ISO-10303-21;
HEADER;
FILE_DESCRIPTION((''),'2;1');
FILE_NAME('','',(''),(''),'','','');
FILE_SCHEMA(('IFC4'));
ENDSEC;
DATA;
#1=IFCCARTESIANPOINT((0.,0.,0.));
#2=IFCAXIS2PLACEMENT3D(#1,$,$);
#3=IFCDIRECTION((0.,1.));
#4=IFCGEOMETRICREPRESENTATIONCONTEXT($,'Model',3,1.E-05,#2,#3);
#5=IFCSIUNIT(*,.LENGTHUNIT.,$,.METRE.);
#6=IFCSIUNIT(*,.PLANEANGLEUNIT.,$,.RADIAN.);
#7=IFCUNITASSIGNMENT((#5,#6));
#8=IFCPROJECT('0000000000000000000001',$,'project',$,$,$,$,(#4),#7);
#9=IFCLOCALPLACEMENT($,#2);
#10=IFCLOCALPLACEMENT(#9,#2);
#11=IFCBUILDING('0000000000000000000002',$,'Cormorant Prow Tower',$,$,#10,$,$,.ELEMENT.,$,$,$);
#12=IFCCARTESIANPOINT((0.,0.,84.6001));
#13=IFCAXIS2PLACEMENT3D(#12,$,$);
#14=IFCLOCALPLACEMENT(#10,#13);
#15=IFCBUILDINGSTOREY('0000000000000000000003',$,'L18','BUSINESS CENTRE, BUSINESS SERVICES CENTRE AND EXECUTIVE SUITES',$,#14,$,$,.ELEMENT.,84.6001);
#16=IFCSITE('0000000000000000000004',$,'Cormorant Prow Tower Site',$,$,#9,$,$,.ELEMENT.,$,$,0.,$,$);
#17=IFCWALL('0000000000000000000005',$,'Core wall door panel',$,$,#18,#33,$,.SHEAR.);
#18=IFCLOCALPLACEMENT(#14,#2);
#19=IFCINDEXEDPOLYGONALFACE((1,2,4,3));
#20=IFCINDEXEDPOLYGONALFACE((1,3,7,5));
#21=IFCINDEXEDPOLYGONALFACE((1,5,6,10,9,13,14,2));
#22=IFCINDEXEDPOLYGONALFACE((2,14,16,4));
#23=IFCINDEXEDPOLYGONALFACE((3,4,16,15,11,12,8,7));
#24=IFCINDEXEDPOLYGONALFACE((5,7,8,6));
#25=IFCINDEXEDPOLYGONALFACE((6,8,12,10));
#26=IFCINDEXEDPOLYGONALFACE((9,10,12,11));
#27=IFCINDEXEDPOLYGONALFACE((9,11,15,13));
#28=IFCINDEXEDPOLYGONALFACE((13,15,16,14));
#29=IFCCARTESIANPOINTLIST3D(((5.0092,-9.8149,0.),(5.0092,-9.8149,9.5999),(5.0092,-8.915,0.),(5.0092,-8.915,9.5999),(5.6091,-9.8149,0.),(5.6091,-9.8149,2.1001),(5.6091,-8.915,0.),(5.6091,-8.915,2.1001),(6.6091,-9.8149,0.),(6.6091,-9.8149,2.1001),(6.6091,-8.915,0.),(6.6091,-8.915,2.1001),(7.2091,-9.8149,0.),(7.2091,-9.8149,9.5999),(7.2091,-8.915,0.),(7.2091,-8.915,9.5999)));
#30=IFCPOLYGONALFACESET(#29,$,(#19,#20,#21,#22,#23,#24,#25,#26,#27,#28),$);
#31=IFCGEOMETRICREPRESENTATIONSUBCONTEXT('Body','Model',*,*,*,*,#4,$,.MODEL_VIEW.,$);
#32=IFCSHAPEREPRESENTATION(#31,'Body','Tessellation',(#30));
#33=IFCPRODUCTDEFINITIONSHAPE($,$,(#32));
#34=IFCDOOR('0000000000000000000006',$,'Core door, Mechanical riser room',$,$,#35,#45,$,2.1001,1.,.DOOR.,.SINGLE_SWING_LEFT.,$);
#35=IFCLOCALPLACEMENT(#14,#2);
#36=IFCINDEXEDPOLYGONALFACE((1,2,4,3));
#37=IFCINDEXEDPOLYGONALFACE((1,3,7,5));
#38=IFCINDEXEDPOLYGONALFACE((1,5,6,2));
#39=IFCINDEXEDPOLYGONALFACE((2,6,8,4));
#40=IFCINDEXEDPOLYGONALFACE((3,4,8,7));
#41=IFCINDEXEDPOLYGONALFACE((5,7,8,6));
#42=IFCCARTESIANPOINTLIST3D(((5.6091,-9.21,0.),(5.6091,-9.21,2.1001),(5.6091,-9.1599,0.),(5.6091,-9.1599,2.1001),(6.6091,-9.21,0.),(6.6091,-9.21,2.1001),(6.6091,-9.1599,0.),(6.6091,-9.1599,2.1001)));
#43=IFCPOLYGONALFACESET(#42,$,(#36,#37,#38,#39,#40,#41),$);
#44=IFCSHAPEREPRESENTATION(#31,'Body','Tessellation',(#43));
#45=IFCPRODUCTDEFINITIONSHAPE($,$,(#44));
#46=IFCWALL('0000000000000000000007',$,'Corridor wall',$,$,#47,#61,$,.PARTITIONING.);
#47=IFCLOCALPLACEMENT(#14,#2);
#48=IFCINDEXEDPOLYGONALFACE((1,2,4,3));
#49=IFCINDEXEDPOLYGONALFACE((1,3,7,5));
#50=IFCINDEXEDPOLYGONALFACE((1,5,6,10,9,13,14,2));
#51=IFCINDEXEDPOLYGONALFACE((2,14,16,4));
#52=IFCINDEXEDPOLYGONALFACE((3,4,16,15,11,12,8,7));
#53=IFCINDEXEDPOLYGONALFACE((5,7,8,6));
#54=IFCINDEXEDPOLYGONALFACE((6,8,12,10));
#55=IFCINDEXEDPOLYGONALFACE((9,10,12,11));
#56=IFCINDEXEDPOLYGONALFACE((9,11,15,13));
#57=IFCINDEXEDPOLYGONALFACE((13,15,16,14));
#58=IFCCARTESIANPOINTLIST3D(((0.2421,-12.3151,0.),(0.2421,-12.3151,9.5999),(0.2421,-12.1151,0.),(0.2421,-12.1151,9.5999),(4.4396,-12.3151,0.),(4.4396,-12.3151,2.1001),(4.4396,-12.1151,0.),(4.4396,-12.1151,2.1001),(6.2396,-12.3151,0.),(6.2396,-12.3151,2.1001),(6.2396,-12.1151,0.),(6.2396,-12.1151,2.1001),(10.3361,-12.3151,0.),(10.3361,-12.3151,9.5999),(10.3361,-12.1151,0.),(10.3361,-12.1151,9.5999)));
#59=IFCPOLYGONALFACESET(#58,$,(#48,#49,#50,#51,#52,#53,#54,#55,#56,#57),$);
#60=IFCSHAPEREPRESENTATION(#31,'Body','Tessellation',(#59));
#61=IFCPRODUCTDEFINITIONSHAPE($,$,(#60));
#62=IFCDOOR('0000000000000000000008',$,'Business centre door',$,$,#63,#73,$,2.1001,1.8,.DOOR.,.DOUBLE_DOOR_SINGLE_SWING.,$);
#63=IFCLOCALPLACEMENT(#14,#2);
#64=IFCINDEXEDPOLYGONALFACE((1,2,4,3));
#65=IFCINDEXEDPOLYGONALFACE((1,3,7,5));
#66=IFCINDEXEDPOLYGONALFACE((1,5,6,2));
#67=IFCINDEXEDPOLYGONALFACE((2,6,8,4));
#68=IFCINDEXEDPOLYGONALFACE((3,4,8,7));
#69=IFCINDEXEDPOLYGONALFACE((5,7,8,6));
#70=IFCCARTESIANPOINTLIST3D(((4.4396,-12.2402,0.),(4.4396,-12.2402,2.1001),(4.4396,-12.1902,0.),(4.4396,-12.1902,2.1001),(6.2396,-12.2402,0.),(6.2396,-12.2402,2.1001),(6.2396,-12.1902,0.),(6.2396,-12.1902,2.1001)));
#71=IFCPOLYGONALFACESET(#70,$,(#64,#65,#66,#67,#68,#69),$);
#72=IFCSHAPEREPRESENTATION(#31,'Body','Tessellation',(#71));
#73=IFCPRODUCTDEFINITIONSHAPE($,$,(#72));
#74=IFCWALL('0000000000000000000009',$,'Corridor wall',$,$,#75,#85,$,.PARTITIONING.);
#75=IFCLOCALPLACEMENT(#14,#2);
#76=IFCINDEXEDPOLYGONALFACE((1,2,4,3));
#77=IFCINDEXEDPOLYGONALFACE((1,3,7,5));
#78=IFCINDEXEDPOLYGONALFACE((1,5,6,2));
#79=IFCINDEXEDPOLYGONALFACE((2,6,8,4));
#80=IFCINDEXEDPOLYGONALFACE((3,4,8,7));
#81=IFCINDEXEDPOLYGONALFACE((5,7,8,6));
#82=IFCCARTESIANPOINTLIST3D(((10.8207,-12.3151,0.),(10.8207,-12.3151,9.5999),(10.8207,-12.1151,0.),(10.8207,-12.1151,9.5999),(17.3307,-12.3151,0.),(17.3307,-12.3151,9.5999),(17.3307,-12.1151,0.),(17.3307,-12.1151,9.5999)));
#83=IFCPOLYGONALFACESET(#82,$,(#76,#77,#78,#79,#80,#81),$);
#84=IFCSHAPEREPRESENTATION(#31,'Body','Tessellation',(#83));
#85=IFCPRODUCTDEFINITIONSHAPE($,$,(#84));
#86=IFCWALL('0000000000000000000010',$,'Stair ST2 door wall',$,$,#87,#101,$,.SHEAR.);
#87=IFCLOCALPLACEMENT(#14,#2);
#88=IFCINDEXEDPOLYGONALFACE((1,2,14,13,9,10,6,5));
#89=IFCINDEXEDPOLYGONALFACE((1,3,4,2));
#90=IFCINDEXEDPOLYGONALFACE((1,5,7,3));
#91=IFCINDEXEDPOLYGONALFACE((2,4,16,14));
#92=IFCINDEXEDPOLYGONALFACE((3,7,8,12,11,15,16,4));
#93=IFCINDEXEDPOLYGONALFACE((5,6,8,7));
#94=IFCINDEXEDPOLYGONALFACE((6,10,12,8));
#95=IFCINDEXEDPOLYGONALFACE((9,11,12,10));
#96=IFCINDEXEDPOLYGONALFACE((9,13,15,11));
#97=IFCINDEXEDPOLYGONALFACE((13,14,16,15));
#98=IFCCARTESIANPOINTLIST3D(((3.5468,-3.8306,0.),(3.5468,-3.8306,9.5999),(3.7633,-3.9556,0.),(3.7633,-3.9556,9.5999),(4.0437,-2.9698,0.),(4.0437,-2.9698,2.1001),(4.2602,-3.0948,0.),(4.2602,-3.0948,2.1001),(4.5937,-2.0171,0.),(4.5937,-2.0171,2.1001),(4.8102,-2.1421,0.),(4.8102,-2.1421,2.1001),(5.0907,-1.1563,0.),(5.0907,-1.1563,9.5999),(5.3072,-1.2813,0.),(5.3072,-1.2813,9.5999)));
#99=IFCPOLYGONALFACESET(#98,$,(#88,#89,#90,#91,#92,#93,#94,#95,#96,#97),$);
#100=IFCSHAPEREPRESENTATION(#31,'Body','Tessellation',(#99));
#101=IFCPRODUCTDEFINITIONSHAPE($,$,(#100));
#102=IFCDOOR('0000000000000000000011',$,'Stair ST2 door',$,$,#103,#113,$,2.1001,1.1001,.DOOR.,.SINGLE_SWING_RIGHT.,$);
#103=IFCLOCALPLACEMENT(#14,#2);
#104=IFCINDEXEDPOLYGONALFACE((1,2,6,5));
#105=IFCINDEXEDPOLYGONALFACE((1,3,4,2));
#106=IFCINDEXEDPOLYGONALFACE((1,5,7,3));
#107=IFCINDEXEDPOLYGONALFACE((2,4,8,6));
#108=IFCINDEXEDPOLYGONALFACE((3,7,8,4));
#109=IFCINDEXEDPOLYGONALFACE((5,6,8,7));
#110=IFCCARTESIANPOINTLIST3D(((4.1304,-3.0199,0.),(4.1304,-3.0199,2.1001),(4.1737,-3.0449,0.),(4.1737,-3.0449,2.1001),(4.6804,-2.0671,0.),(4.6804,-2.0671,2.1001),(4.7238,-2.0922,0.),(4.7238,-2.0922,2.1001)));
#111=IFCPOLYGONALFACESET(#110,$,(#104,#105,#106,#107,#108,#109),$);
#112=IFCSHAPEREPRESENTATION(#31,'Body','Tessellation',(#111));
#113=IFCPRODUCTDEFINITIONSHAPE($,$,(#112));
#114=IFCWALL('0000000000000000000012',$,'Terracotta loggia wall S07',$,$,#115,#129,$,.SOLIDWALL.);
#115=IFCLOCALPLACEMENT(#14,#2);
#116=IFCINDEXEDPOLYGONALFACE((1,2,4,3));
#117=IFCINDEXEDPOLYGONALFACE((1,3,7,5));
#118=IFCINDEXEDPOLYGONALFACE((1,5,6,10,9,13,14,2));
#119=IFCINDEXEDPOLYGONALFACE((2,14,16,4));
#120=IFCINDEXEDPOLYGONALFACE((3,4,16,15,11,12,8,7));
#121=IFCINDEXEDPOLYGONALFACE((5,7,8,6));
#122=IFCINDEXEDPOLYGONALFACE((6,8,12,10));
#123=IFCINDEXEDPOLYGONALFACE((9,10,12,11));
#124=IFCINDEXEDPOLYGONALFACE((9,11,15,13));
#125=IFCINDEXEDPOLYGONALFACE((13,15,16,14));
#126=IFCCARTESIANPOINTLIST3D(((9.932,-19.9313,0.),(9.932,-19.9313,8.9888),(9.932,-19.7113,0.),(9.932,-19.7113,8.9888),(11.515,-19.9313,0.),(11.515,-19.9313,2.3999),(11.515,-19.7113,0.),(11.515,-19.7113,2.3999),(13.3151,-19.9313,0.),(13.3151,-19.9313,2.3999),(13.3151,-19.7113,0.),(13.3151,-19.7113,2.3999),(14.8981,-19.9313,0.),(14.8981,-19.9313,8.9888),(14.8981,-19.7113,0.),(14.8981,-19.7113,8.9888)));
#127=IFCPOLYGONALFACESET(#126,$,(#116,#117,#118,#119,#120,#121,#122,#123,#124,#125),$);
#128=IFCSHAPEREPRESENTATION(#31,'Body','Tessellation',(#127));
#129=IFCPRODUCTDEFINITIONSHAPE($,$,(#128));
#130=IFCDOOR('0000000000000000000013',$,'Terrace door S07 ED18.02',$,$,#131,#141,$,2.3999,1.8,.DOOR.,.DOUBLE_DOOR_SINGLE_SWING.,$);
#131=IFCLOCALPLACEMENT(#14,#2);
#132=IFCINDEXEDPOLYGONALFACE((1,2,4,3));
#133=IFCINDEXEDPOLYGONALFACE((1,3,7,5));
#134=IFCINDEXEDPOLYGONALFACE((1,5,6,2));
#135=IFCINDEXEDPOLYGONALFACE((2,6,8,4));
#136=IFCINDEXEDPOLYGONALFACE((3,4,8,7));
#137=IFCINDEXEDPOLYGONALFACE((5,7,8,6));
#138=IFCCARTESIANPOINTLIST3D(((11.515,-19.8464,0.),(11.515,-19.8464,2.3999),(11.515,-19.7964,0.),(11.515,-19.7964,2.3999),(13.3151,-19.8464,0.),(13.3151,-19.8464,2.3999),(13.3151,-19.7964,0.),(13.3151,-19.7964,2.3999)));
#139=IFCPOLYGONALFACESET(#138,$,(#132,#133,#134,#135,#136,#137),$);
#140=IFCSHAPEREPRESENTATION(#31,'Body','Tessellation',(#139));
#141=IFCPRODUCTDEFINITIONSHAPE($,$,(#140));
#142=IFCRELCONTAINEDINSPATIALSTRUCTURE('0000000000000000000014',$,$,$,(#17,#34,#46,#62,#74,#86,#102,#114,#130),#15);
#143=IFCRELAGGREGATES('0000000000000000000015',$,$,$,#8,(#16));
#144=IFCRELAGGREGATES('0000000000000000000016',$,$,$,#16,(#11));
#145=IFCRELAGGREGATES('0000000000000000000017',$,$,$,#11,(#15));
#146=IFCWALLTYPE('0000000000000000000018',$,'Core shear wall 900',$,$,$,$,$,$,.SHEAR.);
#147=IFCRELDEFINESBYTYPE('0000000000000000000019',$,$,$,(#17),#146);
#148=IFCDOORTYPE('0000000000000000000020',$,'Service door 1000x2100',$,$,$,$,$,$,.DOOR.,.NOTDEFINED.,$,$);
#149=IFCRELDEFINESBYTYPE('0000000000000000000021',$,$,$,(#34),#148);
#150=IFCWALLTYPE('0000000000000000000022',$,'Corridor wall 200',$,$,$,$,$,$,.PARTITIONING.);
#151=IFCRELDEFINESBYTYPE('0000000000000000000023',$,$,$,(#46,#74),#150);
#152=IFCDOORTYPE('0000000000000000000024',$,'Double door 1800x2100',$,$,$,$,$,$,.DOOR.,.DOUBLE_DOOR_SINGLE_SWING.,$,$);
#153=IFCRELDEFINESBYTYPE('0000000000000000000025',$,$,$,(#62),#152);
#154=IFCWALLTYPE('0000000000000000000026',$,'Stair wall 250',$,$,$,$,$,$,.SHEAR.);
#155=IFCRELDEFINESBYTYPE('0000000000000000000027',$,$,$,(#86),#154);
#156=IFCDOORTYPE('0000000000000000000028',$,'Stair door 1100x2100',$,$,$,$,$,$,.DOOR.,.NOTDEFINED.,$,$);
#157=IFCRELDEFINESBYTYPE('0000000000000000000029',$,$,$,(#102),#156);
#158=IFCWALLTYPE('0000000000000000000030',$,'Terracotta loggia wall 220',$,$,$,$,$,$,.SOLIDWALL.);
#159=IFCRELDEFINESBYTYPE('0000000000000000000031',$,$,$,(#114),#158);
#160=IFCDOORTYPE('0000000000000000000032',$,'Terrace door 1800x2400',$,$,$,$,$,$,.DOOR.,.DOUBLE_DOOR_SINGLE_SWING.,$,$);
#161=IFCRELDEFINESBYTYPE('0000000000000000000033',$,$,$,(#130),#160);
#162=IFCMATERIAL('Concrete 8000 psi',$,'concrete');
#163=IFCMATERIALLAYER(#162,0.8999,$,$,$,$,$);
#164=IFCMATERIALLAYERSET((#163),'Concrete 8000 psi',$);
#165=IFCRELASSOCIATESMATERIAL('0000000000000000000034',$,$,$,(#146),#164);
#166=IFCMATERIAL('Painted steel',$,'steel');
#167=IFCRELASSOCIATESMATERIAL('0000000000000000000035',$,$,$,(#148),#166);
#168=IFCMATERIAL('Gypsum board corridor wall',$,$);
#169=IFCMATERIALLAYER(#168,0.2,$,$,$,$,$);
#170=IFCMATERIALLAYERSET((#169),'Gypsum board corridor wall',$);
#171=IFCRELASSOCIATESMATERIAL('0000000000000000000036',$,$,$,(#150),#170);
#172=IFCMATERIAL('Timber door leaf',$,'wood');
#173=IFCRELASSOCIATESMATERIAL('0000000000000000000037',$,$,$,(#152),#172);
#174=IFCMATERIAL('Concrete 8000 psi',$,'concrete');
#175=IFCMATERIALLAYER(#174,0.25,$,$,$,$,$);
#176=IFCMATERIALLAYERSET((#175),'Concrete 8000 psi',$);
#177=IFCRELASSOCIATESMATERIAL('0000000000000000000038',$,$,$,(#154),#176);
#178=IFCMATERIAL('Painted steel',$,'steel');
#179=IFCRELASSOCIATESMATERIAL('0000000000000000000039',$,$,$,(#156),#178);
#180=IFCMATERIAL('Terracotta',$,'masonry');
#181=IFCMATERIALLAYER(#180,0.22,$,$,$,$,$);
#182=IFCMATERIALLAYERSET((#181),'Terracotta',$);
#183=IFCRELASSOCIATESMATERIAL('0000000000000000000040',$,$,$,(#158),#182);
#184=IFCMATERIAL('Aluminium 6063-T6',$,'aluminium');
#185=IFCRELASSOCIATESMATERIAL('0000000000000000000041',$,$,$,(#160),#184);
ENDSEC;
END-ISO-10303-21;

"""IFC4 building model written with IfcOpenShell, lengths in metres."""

from ifc_helpers import new_model, si_unit, direction, frame, frame_2d, origin, place, context, subcontext, project, spatial, rectangle, extrude, material, layer, layer_set, type_object, element, fill, save


model = new_model("IFC4")

# Units and contexts
model_context = context("Model", 3, precision=1e-05, world=origin(), true_north=direction((0.0, 1.0)))
body_context = subcontext(model_context, "Body", "Model", "MODEL_VIEW")
ifc_project = project(units=[si_unit("LENGTHUNIT", "METRE"), si_unit("PLANEANGLEUNIT", "RADIAN")], contexts=[model_context])

# Site, building, storey
site_placement = place(None, origin())
site = spatial("IfcSite", under=ifc_project, at=site_placement, Name="Cormorant Prow Tower Site", CompositionType="ELEMENT", RefElevation=0.0)
building_placement = place(site_placement, origin())
building = spatial("IfcBuilding", under=site, at=building_placement, Name="Cormorant Prow Tower", CompositionType="ELEMENT")
storey_placement = place(building_placement, frame((0.0, 0.0, 84.6001)))
storey = spatial("IfcBuildingStorey", under=building, at=storey_placement, Name="L18", Description="BUSINESS CENTRE, BUSINESS SERVICES CENTRE AND EXECUTIVE SUITES", CompositionType="ELEMENT", Elevation=84.6001)

# Shared definitions
ifc_material_1 = material(Name="Concrete 8000 psi", Category="concrete")
ifc_layer_1 = layer(ifc_material_1, 0.8999)
ifc_layer_set_1 = layer_set([ifc_layer_1], Name="Concrete 8000 psi")
wall_type_1 = type_object("IfcWallType", Name="Core shear wall 900", PredefinedType="SHEAR", material=ifc_layer_set_1)

# Walls, openings, doors
ifc_material_2 = material(Name="Painted steel", Category="steel")
door_type_1 = type_object("IfcDoorType", Name="Service door 1000x2100", OperationType="NOTDEFINED", PredefinedType="DOOR", material=ifc_material_2)
wall_1_placement = place(storey_placement, frame((5.009, -9.365, 0.0), z_axis=(0.0, 0.0, 1.0), x_axis=(1.0, 0.0, 0.0)))
wall_1 = element("IfcWall", 1, at=wall_1_placement, inside=storey, type_object=wall_type_1, Name="Core wall door panel", PredefinedType="SHEAR", context=body_context, shape_type="SweptSolid", body=[
    extrude(rectangle(XDim=2.2, YDim=0.8999, at=frame_2d((1.1001, 0.0))), origin(), (0.0, 0.0, 1.0), 9.5999),
])
opening_1_placement = place(wall_1_placement, frame((0.6001, 0.0, 0.0)))
opening_1 = element("IfcOpeningElement", 2, at=opening_1_placement, cuts=wall_1, PredefinedType="OPENING", context=body_context, shape_type="SweptSolid", body=[
    extrude(rectangle(XDim=1.0, YDim=2.1001, at=frame_2d((0.5, 1.05))), frame((0.0, 0.46, 0.0), z_axis=(0.0, -1.0, 0.0), x_axis=(1.0, 0.0, 0.0)), (0.0, 0.0, 1.0), 0.9199),
])
door_1_placement = place(opening_1_placement, origin())
door_1 = element("IfcDoor", 3, at=door_1_placement, inside=storey, type_object=door_type_1, Name="Core door, Mechanical riser room", OperationType="SINGLE_SWING_LEFT", OverallHeight=2.1001, OverallWidth=1.0, PredefinedType="DOOR", context=body_context, shape_type="SweptSolid", body=[
    extrude(rectangle(XDim=1.0, YDim=2.1001, at=frame_2d((0.5, 1.05))), frame((0.0, 0.2051, 0.0), z_axis=(0.0, -1.0, 0.0), x_axis=(1.0, 0.0, 0.0)), (0.0, 0.0, 1.0), 0.05),
])
fill(opening_1, door_1)
ifc_material_3 = material(Name="Gypsum board corridor wall")
ifc_layer_2 = layer(ifc_material_3, 0.2)
ifc_layer_set_2 = layer_set([ifc_layer_2], Name="Gypsum board corridor wall")
wall_type_2 = type_object("IfcWallType", Name="Corridor wall 200", PredefinedType="PARTITIONING", material=ifc_layer_set_2)
wall_2_placement = place(storey_placement, frame((0.2422, -12.2151, 0.0), z_axis=(0.0, 0.0, 1.0), x_axis=(1.0, 0.0, 0.0)))
wall_2 = element("IfcWall", 4, at=wall_2_placement, inside=storey, type_object=wall_type_2, Name="Corridor wall", PredefinedType="PARTITIONING", context=body_context, shape_type="SweptSolid", body=[
    extrude(rectangle(XDim=10.094, YDim=0.2, at=frame_2d((5.0469, 0.0))), origin(), (0.0, 0.0, 1.0), 9.5999),
])
opening_2_placement = place(wall_2_placement, frame((4.1975, 0.0, 0.0)))
opening_2 = element("IfcOpeningElement", 5, at=opening_2_placement, cuts=wall_2, PredefinedType="OPENING", context=body_context, shape_type="SweptSolid", body=[
    extrude(rectangle(XDim=1.8, YDim=2.1001, at=frame_2d((0.8999, 1.05))), frame((0.0, 0.1099, 0.0), z_axis=(0.0, -1.0, 0.0), x_axis=(1.0, 0.0, 0.0)), (0.0, 0.0, 1.0), 0.22),
])
ifc_material_4 = material(Name="Timber door leaf", Category="wood")
door_type_2 = type_object("IfcDoorType", Name="Double door 1800x2100", OperationType="DOUBLE_DOOR_SINGLE_SWING", PredefinedType="DOOR", material=ifc_material_4)
door_2_placement = place(opening_2_placement, origin())
door_2 = element("IfcDoor", 6, at=door_2_placement, inside=storey, type_object=door_type_2, Name="Business centre door", OperationType="DOUBLE_DOOR_SINGLE_SWING", OverallHeight=2.1001, OverallWidth=1.8, PredefinedType="DOOR", context=body_context, shape_type="SweptSolid", body=[
    extrude(rectangle(XDim=1.8, YDim=2.1001, at=frame_2d((0.8999, 1.05))), frame((0.0, 0.0249, 0.0), z_axis=(0.0, -1.0, 0.0), x_axis=(1.0, 0.0, 0.0)), (0.0, 0.0, 1.0), 0.05),
])
fill(opening_2, door_2)

# Wall
wall_3_placement = place(storey_placement, frame((10.8208, -12.2151, 0.0), z_axis=(0.0, 0.0, 1.0), x_axis=(1.0, 0.0, 0.0)))
element("IfcWall", 7, at=wall_3_placement, inside=storey, type_object=wall_type_2, Name="Corridor wall", PredefinedType="PARTITIONING", context=body_context, shape_type="SweptSolid", body=[
    extrude(rectangle(XDim=6.51, YDim=0.2, at=frame_2d((3.2549, 0.0))), origin(), (0.0, 0.0, 1.0), 9.5999),
])

# Walls, openings, doors
ifc_material_5 = material(Name="Concrete 8000 psi", Category="concrete")
ifc_layer_3 = layer(ifc_material_5, 0.25)
ifc_layer_set_3 = layer_set([ifc_layer_3], Name="Concrete 8000 psi")
wall_type_3 = type_object("IfcWallType", Name="Stair wall 250", PredefinedType="SHEAR", material=ifc_layer_set_3)
wall_4_placement = place(storey_placement, frame((3.655, -3.8931, 0.0), z_axis=(0.0, 0.0, 1.0), x_axis=(0.499983, 0.866035, 0.0)))
wall_4 = element("IfcWall", 8, at=wall_4_placement, inside=storey, type_object=wall_type_3, Name="Stair ST2 door wall", PredefinedType="SHEAR", context=body_context, shape_type="SweptSolid", body=[
    extrude(rectangle(XDim=3.0879, YDim=0.25, at=frame_2d((1.5439, 0.0))), origin(), (0.0, 0.0, 1.0), 9.5999),
])
opening_3_placement = place(wall_4_placement, frame((0.9939, 0.0, 0.0)))
opening_3 = element("IfcOpeningElement", 9, at=opening_3_placement, cuts=wall_4, PredefinedType="OPENING", context=body_context, shape_type="SweptSolid", body=[
    extrude(rectangle(XDim=1.1001, YDim=2.1001, at=frame_2d((0.55, 1.05))), frame((0.0, 0.135, 0.0), z_axis=(0.0, -1.0, 0.0), x_axis=(1.0, 0.0, 0.0)), (0.0, 0.0, 1.0), 0.27),
])
ifc_material_6 = material(Name="Painted steel", Category="steel")
door_type_3 = type_object("IfcDoorType", Name="Stair door 1100x2100", OperationType="NOTDEFINED", PredefinedType="DOOR", material=ifc_material_6)
door_3_placement = place(opening_3_placement, origin())
door_3 = element("IfcDoor", 10, at=door_3_placement, inside=storey, type_object=door_type_3, Name="Stair ST2 door", OperationType="SINGLE_SWING_RIGHT", OverallHeight=2.1001, OverallWidth=1.1001, PredefinedType="DOOR", context=body_context, shape_type="SweptSolid", body=[
    extrude(rectangle(XDim=1.1001, YDim=2.1001, at=frame_2d((0.55, 1.05))), frame((0.0, 0.0249, 0.0), z_axis=(0.0, -1.0, 0.0), x_axis=(1.0, 0.0, 0.0)), (0.0, 0.0, 1.0), 0.05),
])
fill(opening_3, door_3)
ifc_material_7 = material(Name="Terracotta", Category="masonry")
ifc_layer_4 = layer(ifc_material_7, 0.22)
ifc_layer_set_4 = layer_set([ifc_layer_4], Name="Terracotta")
wall_type_4 = type_object("IfcWallType", Name="Terracotta loggia wall 220", PredefinedType="SOLIDWALL", material=ifc_layer_set_4)
wall_5_placement = place(storey_placement, frame((9.9321, -19.8213, 0.0), z_axis=(0.0, 0.0, 1.0), x_axis=(1.0, 0.0, 0.0)))
wall_5 = element("IfcWall", 11, at=wall_5_placement, inside=storey, type_object=wall_type_4, Name="Terracotta loggia wall S07", PredefinedType="SOLIDWALL", context=body_context, shape_type="SweptSolid", body=[
    extrude(rectangle(XDim=4.9661, YDim=0.22, at=frame_2d((2.4829, 0.0))), origin(), (0.0, 0.0, 1.0), 8.9888),
])
opening_4_placement = place(wall_5_placement, frame((1.583, 0.0, 0.0)))
opening_4 = element("IfcOpeningElement", 12, at=opening_4_placement, cuts=wall_5, PredefinedType="OPENING", context=body_context, shape_type="SweptSolid", body=[
    extrude(rectangle(XDim=1.8, YDim=2.3999, at=frame_2d((0.8999, 1.2))), frame((0.0, 0.1199, 0.0), z_axis=(0.0, -1.0, 0.0), x_axis=(1.0, 0.0, 0.0)), (0.0, 0.0, 1.0), 0.24),
])
ifc_material_8 = material(Name="Aluminium 6063-T6", Category="aluminium")
door_type_4 = type_object("IfcDoorType", Name="Terrace door 1800x2400", OperationType="DOUBLE_DOOR_SINGLE_SWING", PredefinedType="DOOR", material=ifc_material_8)
door_4_placement = place(opening_4_placement, origin())
door_4 = element("IfcDoor", 13, at=door_4_placement, inside=storey, type_object=door_type_4, Name="Terrace door S07 ED18.02", OperationType="DOUBLE_DOOR_SINGLE_SWING", OverallHeight=2.3999, OverallWidth=1.8, PredefinedType="DOOR", context=body_context, shape_type="SweptSolid", body=[
    extrude(rectangle(XDim=1.8, YDim=2.3999, at=frame_2d((0.8999, 1.2))), frame((0.0, 0.0249, 0.0), z_axis=(0.0, -1.0, 0.0), x_axis=(1.0, 0.0, 0.0)), (0.0, 0.0, 1.0), 0.05),
])
fill(opening_4, door_4)

save(model, "model.ifc")
